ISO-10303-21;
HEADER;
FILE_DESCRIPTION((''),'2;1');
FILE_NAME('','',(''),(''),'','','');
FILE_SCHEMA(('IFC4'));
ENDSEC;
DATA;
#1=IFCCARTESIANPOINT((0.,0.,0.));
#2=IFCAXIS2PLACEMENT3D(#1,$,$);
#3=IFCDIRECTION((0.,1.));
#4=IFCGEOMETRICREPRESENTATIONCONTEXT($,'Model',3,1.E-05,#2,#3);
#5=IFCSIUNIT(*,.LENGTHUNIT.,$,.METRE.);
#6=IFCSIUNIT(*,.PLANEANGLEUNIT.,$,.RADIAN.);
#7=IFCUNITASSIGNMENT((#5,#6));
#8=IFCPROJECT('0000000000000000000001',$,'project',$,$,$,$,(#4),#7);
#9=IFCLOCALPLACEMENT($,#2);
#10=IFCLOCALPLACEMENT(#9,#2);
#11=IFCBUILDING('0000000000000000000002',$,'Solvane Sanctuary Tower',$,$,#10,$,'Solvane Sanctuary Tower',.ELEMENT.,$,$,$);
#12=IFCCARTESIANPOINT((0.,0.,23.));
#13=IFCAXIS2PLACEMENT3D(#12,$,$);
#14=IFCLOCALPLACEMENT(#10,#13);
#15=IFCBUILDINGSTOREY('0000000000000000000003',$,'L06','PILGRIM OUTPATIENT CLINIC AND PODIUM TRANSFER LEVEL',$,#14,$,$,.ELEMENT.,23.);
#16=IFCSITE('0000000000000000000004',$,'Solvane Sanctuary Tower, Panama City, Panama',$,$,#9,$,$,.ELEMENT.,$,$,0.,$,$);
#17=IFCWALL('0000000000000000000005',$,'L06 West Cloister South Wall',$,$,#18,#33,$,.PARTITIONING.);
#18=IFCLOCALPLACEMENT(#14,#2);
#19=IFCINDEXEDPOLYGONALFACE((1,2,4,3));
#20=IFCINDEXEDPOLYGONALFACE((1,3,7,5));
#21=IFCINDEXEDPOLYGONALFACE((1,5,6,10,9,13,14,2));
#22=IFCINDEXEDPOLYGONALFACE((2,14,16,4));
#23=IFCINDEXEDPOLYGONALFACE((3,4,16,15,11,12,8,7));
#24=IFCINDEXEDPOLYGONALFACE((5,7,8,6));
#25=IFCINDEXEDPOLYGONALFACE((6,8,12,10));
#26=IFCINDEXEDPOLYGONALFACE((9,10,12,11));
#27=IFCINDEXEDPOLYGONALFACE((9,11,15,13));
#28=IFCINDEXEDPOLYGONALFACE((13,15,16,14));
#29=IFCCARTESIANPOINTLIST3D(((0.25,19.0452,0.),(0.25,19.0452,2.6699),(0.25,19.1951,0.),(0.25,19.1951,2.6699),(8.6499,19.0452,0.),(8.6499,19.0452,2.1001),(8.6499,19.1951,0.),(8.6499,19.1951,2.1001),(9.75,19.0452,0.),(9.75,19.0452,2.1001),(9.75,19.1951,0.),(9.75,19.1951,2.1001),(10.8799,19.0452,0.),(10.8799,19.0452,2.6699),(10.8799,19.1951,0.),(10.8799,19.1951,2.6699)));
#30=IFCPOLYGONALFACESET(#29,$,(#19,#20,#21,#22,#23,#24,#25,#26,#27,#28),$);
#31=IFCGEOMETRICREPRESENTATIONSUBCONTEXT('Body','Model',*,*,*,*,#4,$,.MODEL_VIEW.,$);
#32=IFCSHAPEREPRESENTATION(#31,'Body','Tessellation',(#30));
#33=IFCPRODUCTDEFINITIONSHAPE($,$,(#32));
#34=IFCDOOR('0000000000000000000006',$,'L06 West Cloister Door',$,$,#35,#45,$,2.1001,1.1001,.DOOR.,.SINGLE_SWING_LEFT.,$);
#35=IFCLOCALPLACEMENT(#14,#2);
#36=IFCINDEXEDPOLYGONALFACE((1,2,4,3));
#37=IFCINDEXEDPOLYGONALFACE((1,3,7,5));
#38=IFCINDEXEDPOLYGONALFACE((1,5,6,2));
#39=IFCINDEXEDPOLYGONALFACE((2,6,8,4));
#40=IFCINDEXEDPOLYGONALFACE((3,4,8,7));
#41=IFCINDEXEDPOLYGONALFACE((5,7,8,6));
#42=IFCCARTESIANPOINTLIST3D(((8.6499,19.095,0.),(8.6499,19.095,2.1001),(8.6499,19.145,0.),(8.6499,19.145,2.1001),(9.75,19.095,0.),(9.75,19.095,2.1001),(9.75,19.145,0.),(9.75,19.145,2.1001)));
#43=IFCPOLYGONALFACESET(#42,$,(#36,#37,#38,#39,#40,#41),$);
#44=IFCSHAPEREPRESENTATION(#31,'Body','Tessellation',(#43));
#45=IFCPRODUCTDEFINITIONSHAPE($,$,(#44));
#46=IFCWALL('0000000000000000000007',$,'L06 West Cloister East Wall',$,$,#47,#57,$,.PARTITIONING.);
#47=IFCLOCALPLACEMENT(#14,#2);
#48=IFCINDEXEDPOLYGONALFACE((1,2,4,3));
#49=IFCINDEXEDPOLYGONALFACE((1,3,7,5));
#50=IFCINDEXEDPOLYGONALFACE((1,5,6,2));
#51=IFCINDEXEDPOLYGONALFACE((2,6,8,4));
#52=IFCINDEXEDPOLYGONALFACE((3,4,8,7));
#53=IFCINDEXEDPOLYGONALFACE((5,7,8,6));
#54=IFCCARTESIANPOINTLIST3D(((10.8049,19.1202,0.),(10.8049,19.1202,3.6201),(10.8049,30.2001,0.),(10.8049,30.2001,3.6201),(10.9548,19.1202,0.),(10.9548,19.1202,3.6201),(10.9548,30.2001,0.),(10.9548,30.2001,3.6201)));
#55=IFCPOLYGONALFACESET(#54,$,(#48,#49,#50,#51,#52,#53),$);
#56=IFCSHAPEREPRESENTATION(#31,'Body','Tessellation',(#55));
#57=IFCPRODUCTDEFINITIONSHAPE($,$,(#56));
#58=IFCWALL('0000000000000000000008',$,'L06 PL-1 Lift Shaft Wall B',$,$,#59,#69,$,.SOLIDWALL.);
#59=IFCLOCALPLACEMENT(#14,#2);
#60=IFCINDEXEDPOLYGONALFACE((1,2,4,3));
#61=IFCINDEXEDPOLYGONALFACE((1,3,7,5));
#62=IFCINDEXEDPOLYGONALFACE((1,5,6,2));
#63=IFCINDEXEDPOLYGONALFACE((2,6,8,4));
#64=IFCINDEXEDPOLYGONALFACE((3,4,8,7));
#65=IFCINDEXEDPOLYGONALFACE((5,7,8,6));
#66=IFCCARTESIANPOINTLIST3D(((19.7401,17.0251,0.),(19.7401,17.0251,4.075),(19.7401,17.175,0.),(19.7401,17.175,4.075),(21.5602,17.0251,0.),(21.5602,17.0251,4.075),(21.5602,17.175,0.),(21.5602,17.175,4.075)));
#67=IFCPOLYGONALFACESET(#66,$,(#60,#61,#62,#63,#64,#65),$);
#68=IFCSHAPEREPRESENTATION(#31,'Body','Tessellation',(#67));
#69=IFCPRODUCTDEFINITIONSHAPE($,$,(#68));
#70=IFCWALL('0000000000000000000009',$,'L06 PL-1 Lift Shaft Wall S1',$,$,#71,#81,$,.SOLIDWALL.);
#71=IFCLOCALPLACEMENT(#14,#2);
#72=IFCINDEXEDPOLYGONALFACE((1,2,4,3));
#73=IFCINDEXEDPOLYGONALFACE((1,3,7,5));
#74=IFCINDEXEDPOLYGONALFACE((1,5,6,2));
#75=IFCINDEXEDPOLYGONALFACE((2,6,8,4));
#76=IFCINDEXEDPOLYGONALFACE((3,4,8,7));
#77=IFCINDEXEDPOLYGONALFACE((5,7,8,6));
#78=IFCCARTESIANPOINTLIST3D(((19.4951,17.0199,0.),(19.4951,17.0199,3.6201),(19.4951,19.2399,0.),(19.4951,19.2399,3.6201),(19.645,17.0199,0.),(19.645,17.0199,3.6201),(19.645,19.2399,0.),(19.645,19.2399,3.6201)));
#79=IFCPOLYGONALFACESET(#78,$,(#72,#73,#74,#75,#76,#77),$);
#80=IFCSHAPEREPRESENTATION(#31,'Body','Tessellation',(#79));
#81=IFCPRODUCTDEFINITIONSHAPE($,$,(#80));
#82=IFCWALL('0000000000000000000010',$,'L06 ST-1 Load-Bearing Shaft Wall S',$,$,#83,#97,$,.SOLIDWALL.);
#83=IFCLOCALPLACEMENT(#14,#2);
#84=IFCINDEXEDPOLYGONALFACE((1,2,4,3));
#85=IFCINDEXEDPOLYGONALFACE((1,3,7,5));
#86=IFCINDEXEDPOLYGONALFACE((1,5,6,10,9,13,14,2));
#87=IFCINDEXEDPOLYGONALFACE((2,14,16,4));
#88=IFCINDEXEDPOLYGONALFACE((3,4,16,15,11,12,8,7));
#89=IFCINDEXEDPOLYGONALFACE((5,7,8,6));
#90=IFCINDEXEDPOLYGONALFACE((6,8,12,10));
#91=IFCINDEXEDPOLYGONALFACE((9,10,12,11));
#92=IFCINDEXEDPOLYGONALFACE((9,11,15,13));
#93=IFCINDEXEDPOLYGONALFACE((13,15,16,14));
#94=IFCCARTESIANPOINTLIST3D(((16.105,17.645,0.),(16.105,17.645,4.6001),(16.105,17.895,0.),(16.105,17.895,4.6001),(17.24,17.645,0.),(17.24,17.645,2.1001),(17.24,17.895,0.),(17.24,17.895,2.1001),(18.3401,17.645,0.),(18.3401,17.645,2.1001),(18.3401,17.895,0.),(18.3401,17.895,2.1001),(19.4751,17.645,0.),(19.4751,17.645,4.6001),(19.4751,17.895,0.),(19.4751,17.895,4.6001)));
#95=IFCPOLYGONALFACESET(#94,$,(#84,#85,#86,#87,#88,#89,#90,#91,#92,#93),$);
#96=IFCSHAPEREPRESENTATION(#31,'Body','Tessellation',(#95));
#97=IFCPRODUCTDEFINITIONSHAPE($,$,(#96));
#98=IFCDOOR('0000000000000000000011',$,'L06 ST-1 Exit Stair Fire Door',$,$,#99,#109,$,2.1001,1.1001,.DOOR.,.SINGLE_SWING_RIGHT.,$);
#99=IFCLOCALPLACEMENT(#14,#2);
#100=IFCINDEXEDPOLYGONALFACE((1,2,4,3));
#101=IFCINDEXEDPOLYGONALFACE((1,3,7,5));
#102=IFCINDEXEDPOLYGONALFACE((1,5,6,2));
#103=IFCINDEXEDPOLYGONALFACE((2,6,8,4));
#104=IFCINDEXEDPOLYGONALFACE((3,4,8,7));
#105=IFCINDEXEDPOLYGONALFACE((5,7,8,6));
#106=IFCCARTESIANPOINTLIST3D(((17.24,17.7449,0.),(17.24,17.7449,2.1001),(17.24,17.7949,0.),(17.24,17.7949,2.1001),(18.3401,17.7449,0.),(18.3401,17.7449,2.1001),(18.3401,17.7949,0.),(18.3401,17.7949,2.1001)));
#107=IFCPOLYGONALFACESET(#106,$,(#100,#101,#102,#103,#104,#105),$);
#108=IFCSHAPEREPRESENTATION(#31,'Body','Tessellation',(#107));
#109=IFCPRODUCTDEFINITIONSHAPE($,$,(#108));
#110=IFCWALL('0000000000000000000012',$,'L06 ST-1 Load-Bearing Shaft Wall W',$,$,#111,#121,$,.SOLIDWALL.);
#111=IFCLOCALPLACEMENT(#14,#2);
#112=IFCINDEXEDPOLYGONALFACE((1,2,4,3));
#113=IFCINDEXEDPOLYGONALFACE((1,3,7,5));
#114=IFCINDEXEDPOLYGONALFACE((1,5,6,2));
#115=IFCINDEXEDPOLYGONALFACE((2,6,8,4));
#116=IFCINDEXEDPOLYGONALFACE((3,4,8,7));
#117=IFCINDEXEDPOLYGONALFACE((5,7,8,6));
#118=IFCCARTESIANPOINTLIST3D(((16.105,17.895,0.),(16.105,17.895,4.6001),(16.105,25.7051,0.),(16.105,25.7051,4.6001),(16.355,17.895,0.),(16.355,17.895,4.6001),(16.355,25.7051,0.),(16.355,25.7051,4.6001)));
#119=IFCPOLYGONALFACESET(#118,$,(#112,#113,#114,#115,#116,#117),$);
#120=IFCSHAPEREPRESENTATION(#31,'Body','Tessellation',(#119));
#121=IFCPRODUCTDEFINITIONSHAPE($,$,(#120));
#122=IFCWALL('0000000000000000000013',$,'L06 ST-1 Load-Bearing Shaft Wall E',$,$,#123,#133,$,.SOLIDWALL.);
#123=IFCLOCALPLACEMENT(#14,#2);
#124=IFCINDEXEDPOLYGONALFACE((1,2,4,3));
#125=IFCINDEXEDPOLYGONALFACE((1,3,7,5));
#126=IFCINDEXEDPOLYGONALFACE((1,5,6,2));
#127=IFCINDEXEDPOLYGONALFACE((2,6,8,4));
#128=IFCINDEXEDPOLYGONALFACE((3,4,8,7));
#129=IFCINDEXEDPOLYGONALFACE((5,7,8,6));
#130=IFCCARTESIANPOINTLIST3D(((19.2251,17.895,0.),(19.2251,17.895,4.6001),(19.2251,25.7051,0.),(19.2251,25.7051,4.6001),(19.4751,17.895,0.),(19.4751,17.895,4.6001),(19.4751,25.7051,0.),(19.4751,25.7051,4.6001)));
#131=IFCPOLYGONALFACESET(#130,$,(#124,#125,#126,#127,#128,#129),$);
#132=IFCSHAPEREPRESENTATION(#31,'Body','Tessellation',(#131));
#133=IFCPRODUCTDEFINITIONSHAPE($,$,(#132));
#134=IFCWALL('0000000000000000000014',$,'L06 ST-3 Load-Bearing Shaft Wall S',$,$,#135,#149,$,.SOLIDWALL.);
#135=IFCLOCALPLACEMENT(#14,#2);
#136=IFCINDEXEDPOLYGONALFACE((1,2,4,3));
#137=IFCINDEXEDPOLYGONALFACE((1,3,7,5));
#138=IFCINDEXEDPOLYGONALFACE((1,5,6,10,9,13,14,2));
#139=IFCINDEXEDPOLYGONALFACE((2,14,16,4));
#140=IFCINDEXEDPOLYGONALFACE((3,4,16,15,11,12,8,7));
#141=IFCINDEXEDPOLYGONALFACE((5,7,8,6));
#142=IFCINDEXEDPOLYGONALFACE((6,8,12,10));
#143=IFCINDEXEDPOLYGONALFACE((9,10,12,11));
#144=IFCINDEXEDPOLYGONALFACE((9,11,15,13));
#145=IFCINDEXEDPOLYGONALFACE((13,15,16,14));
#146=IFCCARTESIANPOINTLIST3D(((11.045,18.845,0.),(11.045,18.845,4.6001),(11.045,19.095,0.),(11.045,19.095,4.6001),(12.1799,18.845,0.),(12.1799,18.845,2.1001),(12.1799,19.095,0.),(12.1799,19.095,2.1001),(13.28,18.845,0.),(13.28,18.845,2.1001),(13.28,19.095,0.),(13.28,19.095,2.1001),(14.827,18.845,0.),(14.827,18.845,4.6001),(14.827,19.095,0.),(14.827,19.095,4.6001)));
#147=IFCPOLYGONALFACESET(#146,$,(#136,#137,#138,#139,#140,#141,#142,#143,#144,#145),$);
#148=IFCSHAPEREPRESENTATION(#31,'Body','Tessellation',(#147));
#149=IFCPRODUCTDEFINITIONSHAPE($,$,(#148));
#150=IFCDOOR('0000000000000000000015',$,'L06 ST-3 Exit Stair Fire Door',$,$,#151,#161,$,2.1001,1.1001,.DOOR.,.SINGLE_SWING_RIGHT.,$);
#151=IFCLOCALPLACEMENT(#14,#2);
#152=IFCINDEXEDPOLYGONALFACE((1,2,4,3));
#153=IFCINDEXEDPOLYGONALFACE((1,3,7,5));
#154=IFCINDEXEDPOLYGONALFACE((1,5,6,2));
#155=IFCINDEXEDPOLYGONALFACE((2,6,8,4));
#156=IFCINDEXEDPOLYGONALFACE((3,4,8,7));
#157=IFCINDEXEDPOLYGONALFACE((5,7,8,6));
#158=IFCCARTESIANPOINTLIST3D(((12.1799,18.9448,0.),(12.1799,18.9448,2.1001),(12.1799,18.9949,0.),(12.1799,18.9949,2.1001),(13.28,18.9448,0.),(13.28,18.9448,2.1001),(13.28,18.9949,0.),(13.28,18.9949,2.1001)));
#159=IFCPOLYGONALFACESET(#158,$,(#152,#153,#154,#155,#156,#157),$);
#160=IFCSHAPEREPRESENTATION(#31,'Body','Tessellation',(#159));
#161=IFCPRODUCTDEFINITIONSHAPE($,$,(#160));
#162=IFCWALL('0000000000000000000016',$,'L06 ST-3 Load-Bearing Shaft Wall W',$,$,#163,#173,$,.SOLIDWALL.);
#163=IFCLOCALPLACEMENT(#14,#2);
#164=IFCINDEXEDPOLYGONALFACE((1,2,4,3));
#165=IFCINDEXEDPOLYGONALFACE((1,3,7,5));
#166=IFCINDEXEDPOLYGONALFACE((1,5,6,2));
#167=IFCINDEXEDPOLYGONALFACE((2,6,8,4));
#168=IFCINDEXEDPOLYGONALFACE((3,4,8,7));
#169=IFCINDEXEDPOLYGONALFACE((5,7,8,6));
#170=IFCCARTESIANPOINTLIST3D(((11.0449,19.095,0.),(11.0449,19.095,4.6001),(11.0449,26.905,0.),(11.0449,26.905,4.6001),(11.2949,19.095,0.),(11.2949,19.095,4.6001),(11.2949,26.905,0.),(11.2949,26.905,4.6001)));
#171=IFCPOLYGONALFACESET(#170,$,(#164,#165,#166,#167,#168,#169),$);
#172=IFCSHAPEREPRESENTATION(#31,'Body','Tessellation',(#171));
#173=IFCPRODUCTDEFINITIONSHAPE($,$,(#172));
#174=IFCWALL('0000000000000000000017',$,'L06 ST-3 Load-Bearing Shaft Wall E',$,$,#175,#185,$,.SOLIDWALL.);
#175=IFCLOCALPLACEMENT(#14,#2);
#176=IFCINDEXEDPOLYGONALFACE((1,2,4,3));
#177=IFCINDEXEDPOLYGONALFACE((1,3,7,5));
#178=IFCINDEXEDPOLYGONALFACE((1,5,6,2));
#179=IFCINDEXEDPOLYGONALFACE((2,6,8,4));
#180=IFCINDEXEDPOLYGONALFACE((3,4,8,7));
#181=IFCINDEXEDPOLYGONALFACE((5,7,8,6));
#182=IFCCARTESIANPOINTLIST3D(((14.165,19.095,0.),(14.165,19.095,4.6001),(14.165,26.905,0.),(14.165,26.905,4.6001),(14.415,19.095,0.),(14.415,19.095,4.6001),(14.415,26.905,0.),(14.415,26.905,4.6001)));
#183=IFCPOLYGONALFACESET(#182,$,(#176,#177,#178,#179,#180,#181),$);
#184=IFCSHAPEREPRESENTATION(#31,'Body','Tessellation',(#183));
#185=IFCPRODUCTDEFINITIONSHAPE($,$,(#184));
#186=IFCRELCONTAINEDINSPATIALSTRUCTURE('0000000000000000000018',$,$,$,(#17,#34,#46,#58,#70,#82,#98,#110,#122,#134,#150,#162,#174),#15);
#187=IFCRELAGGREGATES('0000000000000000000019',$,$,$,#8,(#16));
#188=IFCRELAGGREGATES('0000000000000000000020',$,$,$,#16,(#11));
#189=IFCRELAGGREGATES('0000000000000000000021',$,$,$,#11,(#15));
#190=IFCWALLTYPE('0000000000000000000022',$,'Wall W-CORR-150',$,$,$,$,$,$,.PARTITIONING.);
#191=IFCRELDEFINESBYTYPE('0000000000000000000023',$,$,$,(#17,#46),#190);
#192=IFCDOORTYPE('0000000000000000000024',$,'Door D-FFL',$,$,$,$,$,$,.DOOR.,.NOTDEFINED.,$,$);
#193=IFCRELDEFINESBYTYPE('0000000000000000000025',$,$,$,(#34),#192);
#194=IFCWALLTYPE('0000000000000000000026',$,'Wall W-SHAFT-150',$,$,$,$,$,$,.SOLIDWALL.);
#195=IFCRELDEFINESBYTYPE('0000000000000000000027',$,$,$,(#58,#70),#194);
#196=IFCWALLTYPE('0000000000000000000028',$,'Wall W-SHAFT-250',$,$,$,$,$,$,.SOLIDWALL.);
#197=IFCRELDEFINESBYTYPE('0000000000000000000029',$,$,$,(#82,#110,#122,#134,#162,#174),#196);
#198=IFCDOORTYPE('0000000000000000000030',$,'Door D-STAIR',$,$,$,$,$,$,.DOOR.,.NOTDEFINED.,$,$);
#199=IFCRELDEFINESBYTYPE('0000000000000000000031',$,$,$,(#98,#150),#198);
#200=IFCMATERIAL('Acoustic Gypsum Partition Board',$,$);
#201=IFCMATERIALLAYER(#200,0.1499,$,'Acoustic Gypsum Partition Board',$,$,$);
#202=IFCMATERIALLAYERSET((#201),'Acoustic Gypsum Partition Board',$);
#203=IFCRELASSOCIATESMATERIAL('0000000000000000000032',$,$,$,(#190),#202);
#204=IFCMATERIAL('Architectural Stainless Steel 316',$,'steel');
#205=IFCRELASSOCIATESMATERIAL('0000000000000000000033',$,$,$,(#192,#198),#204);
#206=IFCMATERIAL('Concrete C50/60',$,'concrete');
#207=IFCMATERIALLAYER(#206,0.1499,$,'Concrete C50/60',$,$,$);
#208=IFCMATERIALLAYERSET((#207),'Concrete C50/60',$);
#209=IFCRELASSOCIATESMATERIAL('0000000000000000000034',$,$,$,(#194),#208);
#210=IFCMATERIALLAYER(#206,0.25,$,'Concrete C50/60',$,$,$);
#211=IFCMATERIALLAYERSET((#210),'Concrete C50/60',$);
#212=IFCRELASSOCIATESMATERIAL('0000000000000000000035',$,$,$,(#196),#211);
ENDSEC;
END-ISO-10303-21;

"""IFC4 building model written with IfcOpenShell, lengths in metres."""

from ifc_helpers import new_model, si_unit, direction, frame, frame_2d, origin, place, context, subcontext, project, spatial, rectangle, extrude, material, layer, layer_set, type_object, element, fill, save


model = new_model("IFC4")

# Units and contexts
model_context = context("Model", 3, precision=1e-05, world=origin(), true_north=direction((0.0, 1.0)))
body_context = subcontext(model_context, "Body", "Model", "MODEL_VIEW")
ifc_project = project(units=[si_unit("LENGTHUNIT", "METRE"), si_unit("PLANEANGLEUNIT", "RADIAN")], contexts=[model_context])

# Site, building, storey
site_placement = place(None, origin())
site = spatial("IfcSite", under=ifc_project, at=site_placement, Name="Solvane Sanctuary Tower, Panama City, Panama", CompositionType="ELEMENT", RefElevation=0.0)
building_placement = place(site_placement, origin())
building = spatial("IfcBuilding", under=site, at=building_placement, Name="Solvane Sanctuary Tower", LongName="Solvane Sanctuary Tower", CompositionType="ELEMENT")
storey_placement = place(building_placement, frame((0.0, 0.0, 23.0)))
storey = spatial("IfcBuildingStorey", under=building, at=storey_placement, Name="L06", Description="PILGRIM OUTPATIENT CLINIC AND PODIUM TRANSFER LEVEL", CompositionType="ELEMENT", Elevation=23.0)

# Shared definitions
ifc_material_1 = material(Name="Acoustic Gypsum Partition Board")
ifc_layer_1 = layer(ifc_material_1, 0.1499, Name="Acoustic Gypsum Partition Board")
ifc_layer_set_1 = layer_set([ifc_layer_1], Name="Acoustic Gypsum Partition Board")
wall_type_1 = type_object("IfcWallType", Name="Wall W-CORR-150", PredefinedType="PARTITIONING", material=ifc_layer_set_1)
ifc_material_2 = material(Name="Architectural Stainless Steel 316", Category="steel")
door_type_1 = type_object("IfcDoorType", Name="Door D-FFL", OperationType="NOTDEFINED", PredefinedType="DOOR", material=ifc_material_2)

# Wall, opening, door
wall_1_placement = place(storey_placement, frame((0.25, 19.1201, 0.0), z_axis=(0.0, 0.0, 1.0), x_axis=(1.0, 0.0, 0.0)))
wall_1 = element("IfcWall", 1, at=wall_1_placement, inside=storey, type_object=wall_type_1, Name="L06 West Cloister South Wall", PredefinedType="PARTITIONING", context=body_context, shape_type="SweptSolid", body=[
    extrude(rectangle(XDim=10.6299, YDim=0.1499, at=frame_2d((5.3149, 0.0))), origin(), (0.0, 0.0, 1.0), 2.6699),
])
opening_1_placement = place(wall_1_placement, frame((8.3999, 0.0, 0.0)))
opening_1 = element("IfcOpeningElement", 2, at=opening_1_placement, cuts=wall_1, PredefinedType="OPENING", context=body_context, shape_type="SweptSolid", body=[
    extrude(rectangle(XDim=1.1001, YDim=2.1001, at=frame_2d((0.55, 1.05))), frame((0.0, 0.085, 0.0), z_axis=(0.0, -1.0, 0.0), x_axis=(1.0, 0.0, 0.0)), (0.0, 0.0, 1.0), 0.1699),
])
door_1_placement = place(opening_1_placement, origin())
door_1 = element("IfcDoor", 3, at=door_1_placement, inside=storey, type_object=door_type_1, Name="L06 West Cloister Door", OperationType="SINGLE_SWING_LEFT", OverallHeight=2.1001, OverallWidth=1.1001, PredefinedType="DOOR", context=body_context, shape_type="SweptSolid", body=[
    extrude(rectangle(XDim=1.1001, YDim=2.1001, at=frame_2d((0.55, 1.05))), frame((0.0, 0.0249, 0.0), z_axis=(0.0, -1.0, 0.0), x_axis=(1.0, 0.0, 0.0)), (0.0, 0.0, 1.0), 0.05),
])
fill(opening_1, door_1)

# Walls
wall_2_placement = place(storey_placement, frame((10.8799, 19.1201, 0.0), z_axis=(0.0, 0.0, 1.0), x_axis=(0.0, 1.0, 0.0)))
element("IfcWall", 4, at=wall_2_placement, inside=storey, type_object=wall_type_1, Name="L06 West Cloister East Wall", PredefinedType="PARTITIONING", context=body_context, shape_type="SweptSolid", body=[
    extrude(rectangle(XDim=11.0798, YDim=0.1499, at=frame_2d((5.54, 0.0))), origin(), (0.0, 0.0, 1.0), 3.6201),
])
ifc_material_3 = material(Name="Concrete C50/60", Category="concrete")
ifc_layer_2 = layer(ifc_material_3, 0.1499, Name="Concrete C50/60")
ifc_layer_set_2 = layer_set([ifc_layer_2], Name="Concrete C50/60")
wall_type_2 = type_object("IfcWallType", Name="Wall W-SHAFT-150", PredefinedType="SOLIDWALL", material=ifc_layer_set_2)
wall_3_placement = place(storey_placement, frame((19.74, 17.1001, 0.0), z_axis=(0.0, 0.0, 1.0), x_axis=(1.0, 0.0, 0.0)))
element("IfcWall", 5, at=wall_3_placement, inside=storey, type_object=wall_type_2, Name="L06 PL-1 Lift Shaft Wall B", PredefinedType="SOLIDWALL", context=body_context, shape_type="SweptSolid", body=[
    extrude(rectangle(XDim=1.8201, YDim=0.1499, at=frame_2d((0.9102, 0.0))), origin(), (0.0, 0.0, 1.0), 4.075),
])
wall_4_placement = place(storey_placement, frame((19.5701, 17.02, 0.0), z_axis=(0.0, 0.0, 1.0), x_axis=(0.0, 1.0, 0.0)))
element("IfcWall", 6, at=wall_4_placement, inside=storey, type_object=wall_type_2, Name="L06 PL-1 Lift Shaft Wall S1", PredefinedType="SOLIDWALL", context=body_context, shape_type="SweptSolid", body=[
    extrude(rectangle(XDim=2.22, YDim=0.1499, at=frame_2d((1.1099, 0.0))), origin(), (0.0, 0.0, 1.0), 3.6201),
])

# Wall, opening, door
ifc_layer_3 = layer(ifc_material_3, 0.25, Name="Concrete C50/60")
ifc_layer_set_3 = layer_set([ifc_layer_3], Name="Concrete C50/60")
wall_type_3 = type_object("IfcWallType", Name="Wall W-SHAFT-250", PredefinedType="SOLIDWALL", material=ifc_layer_set_3)
wall_5_placement = place(storey_placement, frame((16.105, 17.77, 0.0), z_axis=(0.0, 0.0, 1.0), x_axis=(1.0, 0.0, 0.0)))
wall_5 = element("IfcWall", 7, at=wall_5_placement, inside=storey, type_object=wall_type_3, Name="L06 ST-1 Load-Bearing Shaft Wall S", PredefinedType="SOLIDWALL", context=body_context, shape_type="SweptSolid", body=[
    extrude(rectangle(XDim=3.3701, YDim=0.25, at=frame_2d((1.6851, 0.0))), origin(), (0.0, 0.0, 1.0), 4.6001),
])
opening_2_placement = place(wall_5_placement, frame((1.135, 0.0, 0.0)))
opening_2 = element("IfcOpeningElement", 8, at=opening_2_placement, cuts=wall_5, PredefinedType="OPENING", context=body_context, shape_type="SweptSolid", body=[
    extrude(rectangle(XDim=1.1001, YDim=2.1001, at=frame_2d((0.55, 1.05))), frame((0.0, 0.135, 0.0), z_axis=(0.0, -1.0, 0.0), x_axis=(1.0, 0.0, 0.0)), (0.0, 0.0, 1.0), 0.27),
])
door_type_2 = type_object("IfcDoorType", Name="Door D-STAIR", OperationType="NOTDEFINED", PredefinedType="DOOR", material=ifc_material_2)
door_2_placement = place(opening_2_placement, origin())
door_2 = element("IfcDoor", 9, at=door_2_placement, inside=storey, type_object=door_type_2, Name="L06 ST-1 Exit Stair Fire Door", OperationType="SINGLE_SWING_RIGHT", OverallHeight=2.1001, OverallWidth=1.1001, PredefinedType="DOOR", context=body_context, shape_type="SweptSolid", body=[
    extrude(rectangle(XDim=1.1001, YDim=2.1001, at=frame_2d((0.55, 1.05))), frame((0.0, 0.0249, 0.0), z_axis=(0.0, -1.0, 0.0), x_axis=(1.0, 0.0, 0.0)), (0.0, 0.0, 1.0), 0.05),
])
fill(opening_2, door_2)

# Walls
for number, where, z_axis, x_axis, name in (
    (10, (16.23, 17.895, 0.0), (0.0, 0.0, 1.0), (0.0, 1.0, 0.0), "L06 ST-1 Load-Bearing Shaft Wall W"),
    (11, (19.3501, 17.895, 0.0), (0.0, 0.0, 1.0), (0.0, 1.0, 0.0), "L06 ST-1 Load-Bearing Shaft Wall E"),
):
    element("IfcWall", number, at=place(storey_placement, frame(where, z_axis=z_axis, x_axis=x_axis)), inside=storey, type_object=wall_type_3, Name=name, PredefinedType="SOLIDWALL", context=body_context, shape_type="SweptSolid", body=[
        extrude(rectangle(XDim=7.8101, YDim=0.25, at=frame_2d((3.905, 0.0))), origin(), (0.0, 0.0, 1.0), 4.6001),
    ])

# Wall, opening, door
wall_6_placement = place(storey_placement, frame((11.0449, 18.97, 0.0), z_axis=(0.0, 0.0, 1.0), x_axis=(1.0, 0.0, 0.0)))
wall_6 = element("IfcWall", 12, at=wall_6_placement, inside=storey, type_object=wall_type_3, Name="L06 ST-3 Load-Bearing Shaft Wall S", PredefinedType="SOLIDWALL", context=body_context, shape_type="SweptSolid", body=[
    extrude(rectangle(XDim=3.782, YDim=0.25, at=frame_2d((1.8911, 0.0))), origin(), (0.0, 0.0, 1.0), 4.6001),
])
opening_3_placement = place(wall_6_placement, frame((1.135, 0.0, 0.0)))
opening_3 = element("IfcOpeningElement", 13, at=opening_3_placement, cuts=wall_6, PredefinedType="OPENING", context=body_context, shape_type="SweptSolid", body=[
    extrude(rectangle(XDim=1.1001, YDim=2.1001, at=frame_2d((0.55, 1.05))), frame((0.0, 0.135, 0.0), z_axis=(0.0, -1.0, 0.0), x_axis=(1.0, 0.0, 0.0)), (0.0, 0.0, 1.0), 0.27),
])
door_3_placement = place(opening_3_placement, origin())
door_3 = element("IfcDoor", 14, at=door_3_placement, inside=storey, type_object=door_type_2, Name="L06 ST-3 Exit Stair Fire Door", OperationType="SINGLE_SWING_RIGHT", OverallHeight=2.1001, OverallWidth=1.1001, PredefinedType="DOOR", context=body_context, shape_type="SweptSolid", body=[
    extrude(rectangle(XDim=1.1001, YDim=2.1001, at=frame_2d((0.55, 1.05))), frame((0.0, 0.0249, 0.0), z_axis=(0.0, -1.0, 0.0), x_axis=(1.0, 0.0, 0.0)), (0.0, 0.0, 1.0), 0.05),
])
fill(opening_3, door_3)

# Walls
for number, where, z_axis, x_axis, name in (
    (15, (11.1699, 19.095, 0.0), (0.0, 0.0, 1.0), (0.0, 1.0, 0.0), "L06 ST-3 Load-Bearing Shaft Wall W"),
    (16, (14.29, 19.095, 0.0), (0.0, 0.0, 1.0), (0.0, 1.0, 0.0), "L06 ST-3 Load-Bearing Shaft Wall E"),
):
    element("IfcWall", number, at=place(storey_placement, frame(where, z_axis=z_axis, x_axis=x_axis)), inside=storey, type_object=wall_type_3, Name=name, PredefinedType="SOLIDWALL", context=body_context, shape_type="SweptSolid", body=[
        extrude(rectangle(XDim=7.8101, YDim=0.25, at=frame_2d((3.905, 0.0))), origin(), (0.0, 0.0, 1.0), 4.6001),
    ])

save(model, "model.ifc")
